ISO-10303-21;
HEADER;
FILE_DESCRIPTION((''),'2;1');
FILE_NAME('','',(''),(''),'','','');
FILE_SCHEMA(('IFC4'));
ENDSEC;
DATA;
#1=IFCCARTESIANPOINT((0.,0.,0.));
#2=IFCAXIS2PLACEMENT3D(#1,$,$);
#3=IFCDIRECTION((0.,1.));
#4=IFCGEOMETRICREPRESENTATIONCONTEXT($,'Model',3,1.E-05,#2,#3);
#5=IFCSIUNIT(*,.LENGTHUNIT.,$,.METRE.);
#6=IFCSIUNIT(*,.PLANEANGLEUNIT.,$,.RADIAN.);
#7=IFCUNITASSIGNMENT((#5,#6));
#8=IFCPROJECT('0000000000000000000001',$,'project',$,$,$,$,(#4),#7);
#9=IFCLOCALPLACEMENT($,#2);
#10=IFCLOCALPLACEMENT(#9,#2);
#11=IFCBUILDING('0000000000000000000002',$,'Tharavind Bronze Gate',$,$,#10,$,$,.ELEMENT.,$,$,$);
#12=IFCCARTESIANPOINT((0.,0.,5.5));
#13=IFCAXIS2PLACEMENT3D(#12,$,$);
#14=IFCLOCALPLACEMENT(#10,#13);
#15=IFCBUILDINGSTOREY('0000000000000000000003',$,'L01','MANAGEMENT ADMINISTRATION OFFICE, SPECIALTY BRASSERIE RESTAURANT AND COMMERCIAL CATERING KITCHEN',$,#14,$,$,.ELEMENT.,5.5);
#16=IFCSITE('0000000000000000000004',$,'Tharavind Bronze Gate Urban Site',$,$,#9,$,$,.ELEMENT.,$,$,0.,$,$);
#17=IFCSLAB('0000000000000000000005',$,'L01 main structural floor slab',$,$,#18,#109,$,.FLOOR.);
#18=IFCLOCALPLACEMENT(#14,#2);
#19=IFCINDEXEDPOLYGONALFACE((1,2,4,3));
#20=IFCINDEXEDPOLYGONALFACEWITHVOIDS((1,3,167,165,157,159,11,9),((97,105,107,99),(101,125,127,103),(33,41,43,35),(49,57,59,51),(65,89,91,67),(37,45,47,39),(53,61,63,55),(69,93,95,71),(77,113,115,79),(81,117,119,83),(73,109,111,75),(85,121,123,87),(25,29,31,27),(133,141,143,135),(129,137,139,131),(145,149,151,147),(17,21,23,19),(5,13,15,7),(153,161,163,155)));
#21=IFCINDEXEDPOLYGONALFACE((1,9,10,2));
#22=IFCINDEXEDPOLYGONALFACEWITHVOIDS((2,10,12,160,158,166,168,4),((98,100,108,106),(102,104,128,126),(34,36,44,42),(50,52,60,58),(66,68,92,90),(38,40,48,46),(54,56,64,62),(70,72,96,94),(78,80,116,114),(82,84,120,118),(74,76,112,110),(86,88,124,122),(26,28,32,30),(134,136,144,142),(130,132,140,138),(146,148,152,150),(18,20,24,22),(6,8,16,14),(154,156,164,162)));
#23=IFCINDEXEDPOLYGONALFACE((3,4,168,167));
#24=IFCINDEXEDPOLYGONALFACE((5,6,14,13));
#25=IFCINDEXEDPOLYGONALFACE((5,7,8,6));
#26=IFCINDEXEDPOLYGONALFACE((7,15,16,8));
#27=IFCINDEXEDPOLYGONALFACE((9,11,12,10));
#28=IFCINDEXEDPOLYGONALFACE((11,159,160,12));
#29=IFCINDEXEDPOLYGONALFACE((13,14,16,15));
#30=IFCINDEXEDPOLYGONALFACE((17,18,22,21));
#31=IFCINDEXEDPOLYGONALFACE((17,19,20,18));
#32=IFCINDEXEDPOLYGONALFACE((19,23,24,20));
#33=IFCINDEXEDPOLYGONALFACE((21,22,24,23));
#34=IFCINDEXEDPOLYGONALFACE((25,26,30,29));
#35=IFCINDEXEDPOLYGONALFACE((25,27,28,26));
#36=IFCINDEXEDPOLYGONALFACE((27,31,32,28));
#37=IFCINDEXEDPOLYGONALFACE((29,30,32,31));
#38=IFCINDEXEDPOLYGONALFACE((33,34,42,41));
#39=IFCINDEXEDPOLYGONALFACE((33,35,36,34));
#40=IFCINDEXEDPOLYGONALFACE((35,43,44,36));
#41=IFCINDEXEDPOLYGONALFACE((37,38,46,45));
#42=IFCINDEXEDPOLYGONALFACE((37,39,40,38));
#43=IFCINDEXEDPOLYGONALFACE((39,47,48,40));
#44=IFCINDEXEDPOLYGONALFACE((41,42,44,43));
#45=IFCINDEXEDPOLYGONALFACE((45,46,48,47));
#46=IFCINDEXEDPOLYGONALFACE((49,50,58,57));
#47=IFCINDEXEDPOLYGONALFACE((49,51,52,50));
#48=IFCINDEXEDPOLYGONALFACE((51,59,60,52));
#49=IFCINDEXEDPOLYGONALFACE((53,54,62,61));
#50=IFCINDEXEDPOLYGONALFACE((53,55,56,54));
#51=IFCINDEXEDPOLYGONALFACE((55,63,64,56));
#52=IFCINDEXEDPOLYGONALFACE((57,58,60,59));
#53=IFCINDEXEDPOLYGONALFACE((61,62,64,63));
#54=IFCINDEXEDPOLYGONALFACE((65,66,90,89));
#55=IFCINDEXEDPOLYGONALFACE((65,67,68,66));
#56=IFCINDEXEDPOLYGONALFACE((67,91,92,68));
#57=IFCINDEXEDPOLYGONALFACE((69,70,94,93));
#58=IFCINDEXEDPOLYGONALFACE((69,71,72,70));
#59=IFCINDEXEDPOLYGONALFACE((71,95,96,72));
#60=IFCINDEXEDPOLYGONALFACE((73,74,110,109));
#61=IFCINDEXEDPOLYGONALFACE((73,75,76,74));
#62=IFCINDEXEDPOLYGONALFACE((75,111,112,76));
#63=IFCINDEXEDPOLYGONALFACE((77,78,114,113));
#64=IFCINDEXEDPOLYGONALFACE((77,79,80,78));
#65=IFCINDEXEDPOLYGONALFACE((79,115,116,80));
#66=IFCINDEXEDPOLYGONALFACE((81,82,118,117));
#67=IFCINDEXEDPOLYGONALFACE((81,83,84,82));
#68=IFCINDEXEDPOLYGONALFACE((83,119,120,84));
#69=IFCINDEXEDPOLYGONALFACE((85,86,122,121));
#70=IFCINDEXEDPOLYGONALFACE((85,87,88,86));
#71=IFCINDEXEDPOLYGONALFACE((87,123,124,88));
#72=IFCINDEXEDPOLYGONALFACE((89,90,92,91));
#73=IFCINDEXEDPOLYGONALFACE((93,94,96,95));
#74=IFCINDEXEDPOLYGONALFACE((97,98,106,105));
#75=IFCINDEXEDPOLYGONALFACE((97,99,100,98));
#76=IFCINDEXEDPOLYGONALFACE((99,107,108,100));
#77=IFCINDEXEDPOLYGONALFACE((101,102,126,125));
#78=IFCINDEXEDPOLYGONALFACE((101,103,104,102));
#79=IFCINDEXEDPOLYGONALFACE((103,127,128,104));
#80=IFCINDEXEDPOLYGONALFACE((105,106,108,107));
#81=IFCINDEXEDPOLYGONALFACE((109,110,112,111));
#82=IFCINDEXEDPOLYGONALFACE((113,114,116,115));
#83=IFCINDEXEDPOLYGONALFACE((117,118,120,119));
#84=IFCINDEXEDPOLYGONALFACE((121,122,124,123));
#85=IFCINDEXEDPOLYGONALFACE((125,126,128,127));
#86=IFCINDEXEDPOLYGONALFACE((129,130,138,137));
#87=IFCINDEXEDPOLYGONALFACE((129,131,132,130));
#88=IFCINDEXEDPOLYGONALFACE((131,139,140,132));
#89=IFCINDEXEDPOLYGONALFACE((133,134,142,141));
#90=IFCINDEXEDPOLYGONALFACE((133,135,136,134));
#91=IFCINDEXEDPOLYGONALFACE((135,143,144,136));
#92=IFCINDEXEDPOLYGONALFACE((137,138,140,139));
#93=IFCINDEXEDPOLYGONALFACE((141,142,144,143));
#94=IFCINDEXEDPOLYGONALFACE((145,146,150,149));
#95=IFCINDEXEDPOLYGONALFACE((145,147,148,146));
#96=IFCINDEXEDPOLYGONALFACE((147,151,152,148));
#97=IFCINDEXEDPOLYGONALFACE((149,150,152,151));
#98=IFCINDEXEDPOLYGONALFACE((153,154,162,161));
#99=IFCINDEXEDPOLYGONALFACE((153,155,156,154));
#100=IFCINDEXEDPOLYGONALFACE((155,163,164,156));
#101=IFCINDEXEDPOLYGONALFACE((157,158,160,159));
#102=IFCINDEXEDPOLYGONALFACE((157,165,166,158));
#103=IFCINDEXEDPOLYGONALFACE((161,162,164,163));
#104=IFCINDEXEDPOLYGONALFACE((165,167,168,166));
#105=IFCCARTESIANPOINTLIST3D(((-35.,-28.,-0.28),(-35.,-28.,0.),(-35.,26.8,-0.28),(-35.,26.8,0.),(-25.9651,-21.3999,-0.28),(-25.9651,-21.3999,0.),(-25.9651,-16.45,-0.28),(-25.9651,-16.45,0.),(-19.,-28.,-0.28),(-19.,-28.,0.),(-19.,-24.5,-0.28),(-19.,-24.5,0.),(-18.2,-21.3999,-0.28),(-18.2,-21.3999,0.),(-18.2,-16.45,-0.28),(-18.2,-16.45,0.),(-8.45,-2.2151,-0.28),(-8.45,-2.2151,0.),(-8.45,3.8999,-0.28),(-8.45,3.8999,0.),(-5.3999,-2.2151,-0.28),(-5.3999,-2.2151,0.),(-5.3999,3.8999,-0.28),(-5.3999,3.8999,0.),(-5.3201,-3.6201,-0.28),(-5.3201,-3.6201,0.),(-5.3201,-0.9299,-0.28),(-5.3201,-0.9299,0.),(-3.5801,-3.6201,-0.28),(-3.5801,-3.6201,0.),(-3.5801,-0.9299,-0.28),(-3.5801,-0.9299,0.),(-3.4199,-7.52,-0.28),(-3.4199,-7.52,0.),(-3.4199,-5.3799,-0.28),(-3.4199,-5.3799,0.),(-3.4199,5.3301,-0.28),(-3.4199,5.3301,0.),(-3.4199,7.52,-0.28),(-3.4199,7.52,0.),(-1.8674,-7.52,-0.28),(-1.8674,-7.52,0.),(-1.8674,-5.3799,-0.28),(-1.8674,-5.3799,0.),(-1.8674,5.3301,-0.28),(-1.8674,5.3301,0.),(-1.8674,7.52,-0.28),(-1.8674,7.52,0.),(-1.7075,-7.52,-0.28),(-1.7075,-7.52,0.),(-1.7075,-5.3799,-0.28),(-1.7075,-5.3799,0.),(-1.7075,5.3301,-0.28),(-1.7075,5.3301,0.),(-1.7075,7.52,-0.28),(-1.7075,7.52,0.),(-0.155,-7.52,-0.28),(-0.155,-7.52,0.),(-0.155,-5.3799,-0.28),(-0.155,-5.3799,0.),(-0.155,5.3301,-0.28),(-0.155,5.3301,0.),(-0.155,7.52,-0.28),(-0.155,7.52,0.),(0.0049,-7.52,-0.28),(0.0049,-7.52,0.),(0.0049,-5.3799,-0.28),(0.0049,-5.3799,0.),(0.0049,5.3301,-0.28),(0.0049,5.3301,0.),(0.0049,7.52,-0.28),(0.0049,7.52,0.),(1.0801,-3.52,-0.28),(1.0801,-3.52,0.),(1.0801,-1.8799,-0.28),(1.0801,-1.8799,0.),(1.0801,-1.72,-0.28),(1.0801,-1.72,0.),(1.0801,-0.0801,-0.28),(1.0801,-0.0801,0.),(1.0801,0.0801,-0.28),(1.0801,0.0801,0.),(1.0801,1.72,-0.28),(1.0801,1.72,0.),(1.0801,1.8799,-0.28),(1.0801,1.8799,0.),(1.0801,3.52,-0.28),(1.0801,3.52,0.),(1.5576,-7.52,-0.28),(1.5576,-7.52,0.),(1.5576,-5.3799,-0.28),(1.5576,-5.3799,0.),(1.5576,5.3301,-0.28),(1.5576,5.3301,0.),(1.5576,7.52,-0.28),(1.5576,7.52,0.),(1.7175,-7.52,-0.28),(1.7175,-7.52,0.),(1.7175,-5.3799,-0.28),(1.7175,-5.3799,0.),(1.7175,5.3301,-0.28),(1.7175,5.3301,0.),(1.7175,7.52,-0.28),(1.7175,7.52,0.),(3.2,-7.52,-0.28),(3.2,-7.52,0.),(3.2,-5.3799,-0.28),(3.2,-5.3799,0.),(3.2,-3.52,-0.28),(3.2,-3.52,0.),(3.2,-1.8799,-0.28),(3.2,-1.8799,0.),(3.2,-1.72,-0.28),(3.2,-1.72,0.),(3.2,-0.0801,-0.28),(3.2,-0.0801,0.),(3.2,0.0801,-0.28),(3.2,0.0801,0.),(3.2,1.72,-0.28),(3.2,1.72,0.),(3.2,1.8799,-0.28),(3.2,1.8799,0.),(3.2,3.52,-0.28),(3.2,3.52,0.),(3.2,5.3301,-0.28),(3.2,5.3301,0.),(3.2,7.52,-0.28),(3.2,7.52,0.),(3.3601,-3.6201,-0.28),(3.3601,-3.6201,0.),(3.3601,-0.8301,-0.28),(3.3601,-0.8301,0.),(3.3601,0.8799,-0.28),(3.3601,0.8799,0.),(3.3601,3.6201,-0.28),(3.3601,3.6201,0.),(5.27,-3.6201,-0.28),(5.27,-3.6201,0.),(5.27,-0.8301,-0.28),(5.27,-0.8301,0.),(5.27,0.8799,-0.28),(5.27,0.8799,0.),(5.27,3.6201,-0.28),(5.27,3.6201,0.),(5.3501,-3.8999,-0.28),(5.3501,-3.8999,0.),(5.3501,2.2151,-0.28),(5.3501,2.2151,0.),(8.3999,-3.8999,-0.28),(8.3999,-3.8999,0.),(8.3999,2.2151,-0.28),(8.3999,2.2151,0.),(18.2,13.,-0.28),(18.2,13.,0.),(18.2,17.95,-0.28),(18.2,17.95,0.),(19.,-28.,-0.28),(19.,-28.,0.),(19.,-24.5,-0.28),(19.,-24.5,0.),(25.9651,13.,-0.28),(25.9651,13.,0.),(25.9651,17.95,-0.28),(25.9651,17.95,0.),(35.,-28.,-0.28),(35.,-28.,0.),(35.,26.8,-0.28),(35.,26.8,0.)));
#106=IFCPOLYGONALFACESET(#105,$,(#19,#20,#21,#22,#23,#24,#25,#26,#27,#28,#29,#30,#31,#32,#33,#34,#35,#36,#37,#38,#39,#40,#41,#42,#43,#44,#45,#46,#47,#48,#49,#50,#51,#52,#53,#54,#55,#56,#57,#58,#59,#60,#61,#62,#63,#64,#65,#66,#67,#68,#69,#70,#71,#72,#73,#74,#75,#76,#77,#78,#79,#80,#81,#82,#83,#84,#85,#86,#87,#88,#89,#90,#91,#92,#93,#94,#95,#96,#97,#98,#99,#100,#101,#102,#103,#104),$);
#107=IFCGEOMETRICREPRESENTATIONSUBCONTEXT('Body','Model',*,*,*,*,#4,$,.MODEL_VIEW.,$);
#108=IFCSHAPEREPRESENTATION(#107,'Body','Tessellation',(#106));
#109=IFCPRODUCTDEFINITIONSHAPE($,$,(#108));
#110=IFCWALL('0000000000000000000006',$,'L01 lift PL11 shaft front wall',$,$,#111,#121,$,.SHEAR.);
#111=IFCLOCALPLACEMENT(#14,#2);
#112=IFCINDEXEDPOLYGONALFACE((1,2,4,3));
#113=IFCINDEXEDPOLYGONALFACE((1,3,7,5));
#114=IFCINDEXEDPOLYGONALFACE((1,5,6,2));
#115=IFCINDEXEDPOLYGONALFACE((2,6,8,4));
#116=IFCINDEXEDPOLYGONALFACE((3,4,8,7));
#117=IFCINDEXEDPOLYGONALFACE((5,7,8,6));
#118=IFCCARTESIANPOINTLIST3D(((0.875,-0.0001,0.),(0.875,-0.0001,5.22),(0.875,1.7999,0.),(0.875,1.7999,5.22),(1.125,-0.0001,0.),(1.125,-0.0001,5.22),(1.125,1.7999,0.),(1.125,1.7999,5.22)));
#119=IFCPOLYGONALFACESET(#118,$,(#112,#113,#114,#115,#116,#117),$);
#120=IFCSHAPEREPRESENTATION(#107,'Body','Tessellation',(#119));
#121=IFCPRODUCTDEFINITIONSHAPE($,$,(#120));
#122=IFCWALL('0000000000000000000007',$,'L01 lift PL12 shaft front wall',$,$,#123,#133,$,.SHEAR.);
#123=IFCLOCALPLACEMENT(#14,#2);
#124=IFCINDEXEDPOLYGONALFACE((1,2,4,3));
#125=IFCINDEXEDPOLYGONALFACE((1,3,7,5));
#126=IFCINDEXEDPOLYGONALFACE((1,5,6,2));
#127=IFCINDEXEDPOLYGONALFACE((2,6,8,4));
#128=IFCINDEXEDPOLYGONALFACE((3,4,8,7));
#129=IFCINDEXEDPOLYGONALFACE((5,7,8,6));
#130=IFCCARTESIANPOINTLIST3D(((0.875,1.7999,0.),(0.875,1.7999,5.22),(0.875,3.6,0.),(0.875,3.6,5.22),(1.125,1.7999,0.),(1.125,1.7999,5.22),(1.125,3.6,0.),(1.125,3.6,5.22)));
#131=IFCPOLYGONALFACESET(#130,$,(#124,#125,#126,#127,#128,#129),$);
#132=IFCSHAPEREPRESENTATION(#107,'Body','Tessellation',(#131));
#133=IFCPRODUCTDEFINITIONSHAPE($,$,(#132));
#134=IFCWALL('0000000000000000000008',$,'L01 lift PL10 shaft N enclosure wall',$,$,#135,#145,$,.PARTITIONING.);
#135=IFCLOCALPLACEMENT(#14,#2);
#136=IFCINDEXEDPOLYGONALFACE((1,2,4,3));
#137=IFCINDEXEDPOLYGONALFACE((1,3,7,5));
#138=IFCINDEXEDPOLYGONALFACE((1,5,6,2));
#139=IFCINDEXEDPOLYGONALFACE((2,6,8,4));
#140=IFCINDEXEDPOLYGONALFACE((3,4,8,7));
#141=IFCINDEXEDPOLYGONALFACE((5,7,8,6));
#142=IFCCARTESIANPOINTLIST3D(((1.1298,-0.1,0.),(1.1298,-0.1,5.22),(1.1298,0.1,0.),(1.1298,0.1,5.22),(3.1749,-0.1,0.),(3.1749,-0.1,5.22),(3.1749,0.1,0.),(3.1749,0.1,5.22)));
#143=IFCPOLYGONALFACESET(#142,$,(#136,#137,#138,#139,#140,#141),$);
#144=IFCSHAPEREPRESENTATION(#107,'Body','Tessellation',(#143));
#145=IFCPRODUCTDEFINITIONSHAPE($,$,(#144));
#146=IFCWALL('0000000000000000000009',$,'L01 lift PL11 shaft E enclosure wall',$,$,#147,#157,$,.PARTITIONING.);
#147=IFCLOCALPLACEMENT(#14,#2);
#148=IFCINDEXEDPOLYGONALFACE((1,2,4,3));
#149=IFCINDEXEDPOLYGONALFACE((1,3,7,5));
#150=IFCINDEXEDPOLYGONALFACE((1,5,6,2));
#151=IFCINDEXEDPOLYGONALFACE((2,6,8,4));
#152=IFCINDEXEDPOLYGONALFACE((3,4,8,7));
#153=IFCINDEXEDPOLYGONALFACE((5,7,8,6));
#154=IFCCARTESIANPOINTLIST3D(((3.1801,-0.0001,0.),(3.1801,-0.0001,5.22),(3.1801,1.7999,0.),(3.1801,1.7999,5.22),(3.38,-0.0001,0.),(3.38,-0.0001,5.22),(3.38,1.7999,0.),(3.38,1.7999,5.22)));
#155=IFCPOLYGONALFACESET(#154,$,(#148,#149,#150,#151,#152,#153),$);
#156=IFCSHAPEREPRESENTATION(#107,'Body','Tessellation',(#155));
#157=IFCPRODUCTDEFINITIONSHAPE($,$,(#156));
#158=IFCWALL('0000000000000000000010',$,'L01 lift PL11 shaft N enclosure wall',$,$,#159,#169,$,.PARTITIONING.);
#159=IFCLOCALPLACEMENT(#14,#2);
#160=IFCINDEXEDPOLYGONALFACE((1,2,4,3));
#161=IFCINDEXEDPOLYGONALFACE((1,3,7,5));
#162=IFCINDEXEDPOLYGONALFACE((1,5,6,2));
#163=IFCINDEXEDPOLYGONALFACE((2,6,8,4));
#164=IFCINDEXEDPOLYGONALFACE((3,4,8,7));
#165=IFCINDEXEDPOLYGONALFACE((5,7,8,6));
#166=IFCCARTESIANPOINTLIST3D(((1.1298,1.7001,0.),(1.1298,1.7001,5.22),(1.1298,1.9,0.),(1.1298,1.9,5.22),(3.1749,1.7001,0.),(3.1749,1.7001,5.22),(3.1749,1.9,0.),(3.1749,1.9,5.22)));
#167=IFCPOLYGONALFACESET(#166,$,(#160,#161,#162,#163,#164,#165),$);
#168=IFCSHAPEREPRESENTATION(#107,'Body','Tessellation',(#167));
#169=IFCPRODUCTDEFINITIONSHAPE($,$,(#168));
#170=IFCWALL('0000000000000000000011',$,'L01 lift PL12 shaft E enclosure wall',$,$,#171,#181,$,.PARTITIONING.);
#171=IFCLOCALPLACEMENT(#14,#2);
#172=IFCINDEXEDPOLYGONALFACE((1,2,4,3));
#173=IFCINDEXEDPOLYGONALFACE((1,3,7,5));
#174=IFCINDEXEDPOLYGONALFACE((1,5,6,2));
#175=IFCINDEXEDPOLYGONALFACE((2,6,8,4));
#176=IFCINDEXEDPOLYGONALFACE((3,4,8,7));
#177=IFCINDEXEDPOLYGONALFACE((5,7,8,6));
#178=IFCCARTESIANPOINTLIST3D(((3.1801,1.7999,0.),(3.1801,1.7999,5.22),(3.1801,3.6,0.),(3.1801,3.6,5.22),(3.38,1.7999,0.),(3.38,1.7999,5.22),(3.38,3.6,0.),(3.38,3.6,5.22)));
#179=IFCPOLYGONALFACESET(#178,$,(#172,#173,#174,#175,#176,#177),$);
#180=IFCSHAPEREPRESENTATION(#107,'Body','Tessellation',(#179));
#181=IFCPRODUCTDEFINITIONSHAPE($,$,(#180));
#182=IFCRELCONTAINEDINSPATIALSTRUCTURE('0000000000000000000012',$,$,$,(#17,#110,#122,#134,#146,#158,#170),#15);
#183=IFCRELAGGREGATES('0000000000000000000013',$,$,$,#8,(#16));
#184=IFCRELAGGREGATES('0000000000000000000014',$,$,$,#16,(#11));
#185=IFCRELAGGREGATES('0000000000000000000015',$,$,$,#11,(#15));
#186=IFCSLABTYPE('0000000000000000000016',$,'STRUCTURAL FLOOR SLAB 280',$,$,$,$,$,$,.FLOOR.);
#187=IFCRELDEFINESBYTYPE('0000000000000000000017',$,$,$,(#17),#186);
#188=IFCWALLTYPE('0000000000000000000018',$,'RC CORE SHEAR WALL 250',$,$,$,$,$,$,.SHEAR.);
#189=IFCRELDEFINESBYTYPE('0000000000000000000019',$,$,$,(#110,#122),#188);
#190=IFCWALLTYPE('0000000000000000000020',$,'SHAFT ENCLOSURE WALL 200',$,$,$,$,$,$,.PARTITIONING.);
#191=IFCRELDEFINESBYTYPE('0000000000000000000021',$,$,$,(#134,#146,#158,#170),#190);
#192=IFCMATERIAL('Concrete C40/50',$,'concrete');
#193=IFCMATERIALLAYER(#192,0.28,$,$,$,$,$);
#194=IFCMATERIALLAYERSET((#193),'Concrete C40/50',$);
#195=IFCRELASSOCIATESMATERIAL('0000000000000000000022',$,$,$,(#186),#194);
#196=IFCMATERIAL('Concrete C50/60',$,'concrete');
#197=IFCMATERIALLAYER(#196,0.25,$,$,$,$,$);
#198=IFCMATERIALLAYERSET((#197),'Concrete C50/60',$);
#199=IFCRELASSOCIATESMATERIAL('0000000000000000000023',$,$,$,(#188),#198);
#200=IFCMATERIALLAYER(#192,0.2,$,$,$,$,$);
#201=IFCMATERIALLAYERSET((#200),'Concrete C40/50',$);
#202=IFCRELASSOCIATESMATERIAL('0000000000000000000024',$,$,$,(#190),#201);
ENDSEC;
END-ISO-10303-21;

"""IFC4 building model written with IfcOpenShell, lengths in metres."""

from ifc_helpers import new_model, si_unit, direction, frame, frame_2d, origin, place, context, subcontext, project, spatial, polyline, rectangle, outline, extrude, material, layer, layer_set, type_object, element, save


model = new_model("IFC4")

# Units and contexts
model_context = context("Model", 3, precision=1e-05, world=origin(), true_north=direction((0.0, 1.0)))
body_context = subcontext(model_context, "Body", "Model", "MODEL_VIEW")
ifc_project = project(units=[si_unit("LENGTHUNIT", "METRE"), si_unit("PLANEANGLEUNIT", "RADIAN")], contexts=[model_context])

# Site, building, storey
site_placement = place(None, origin())
site = spatial("IfcSite", under=ifc_project, at=site_placement, Name="Tharavind Bronze Gate Urban Site", CompositionType="ELEMENT", RefElevation=0.0)
building_placement = place(site_placement, origin())
building = spatial("IfcBuilding", under=site, at=building_placement, Name="Tharavind Bronze Gate", CompositionType="ELEMENT")
storey_placement = place(building_placement, frame((0.0, 0.0, 5.5)))
storey = spatial("IfcBuildingStorey", under=building, at=storey_placement, Name="L01", Description="MANAGEMENT ADMINISTRATION OFFICE, SPECIALTY BRASSERIE RESTAURANT AND COMMERCIAL CATERING KITCHEN", CompositionType="ELEMENT", Elevation=5.5)

# Shared definitions
ifc_material_1 = material(Name="Concrete C40/50", Category="concrete")

# Slab
ifc_layer_1 = layer(ifc_material_1, 0.28)
ifc_layer_set_1 = layer_set([ifc_layer_1], Name="Concrete C40/50")
slab_type_1 = type_object("IfcSlabType", Name="STRUCTURAL FLOOR SLAB 280", PredefinedType="FLOOR", material=ifc_layer_set_1)
slab_1_placement = place(storey_placement, frame((0.0, 0.0, -0.28)))
element("IfcSlab", 1, at=slab_1_placement, inside=storey, type_object=slab_type_1, Name="L01 main structural floor slab", PredefinedType="FLOOR", context=body_context, shape_type="SweptSolid", body=[
    extrude(outline(polyline([(-35.0, -28.0), (-19.0, -28.0), (-19.0, -24.5), (19.0, -24.5), (19.0, -28.0), (35.0, -28.0), (35.0, 26.8), (-35.0, 26.8), (-35.0, -28.0)]), holes=[polyline([(-5.3999, -2.2151), (-5.3999, 3.8999), (-8.45, 3.8999), (-8.45, -2.2151), (-5.3999, -2.2151)]), polyline([(5.3501, 2.2151), (5.3501, -3.8999), (8.3999, -3.8999), (8.3999, 2.2151), (5.3501, 2.2151)]), polyline([(-25.9651, -21.3999), (-18.2, -21.3999), (-18.2, -16.45), (-25.9651, -16.45), (-25.9651, -21.3999)]), polyline([(25.9651, 17.95), (18.2, 17.95), (18.2, 13.0), (25.9651, 13.0), (25.9651, 17.95)]), polyline([(-3.4199, -7.52), (-1.8674, -7.52), (-1.8674, -5.3799), (-3.4199, -5.3799), (-3.4199, -7.52)]), polyline([(-1.7075, -7.52), (-0.155, -7.52), (-0.155, -5.3799), (-1.7075, -5.3799), (-1.7075, -7.52)]), polyline([(0.0049, -7.52), (1.5576, -7.52), (1.5576, -5.3799), (0.0049, -5.3799), (0.0049, -7.52)]), polyline([(1.7175, -7.52), (3.2, -7.52), (3.2, -5.3799), (1.7175, -5.3799), (1.7175, -7.52)]), polyline([(-3.4199, 5.3301), (-1.8674, 5.3301), (-1.8674, 7.52), (-3.4199, 7.52), (-3.4199, 5.3301)]), polyline([(-1.7075, 5.3301), (-0.155, 5.3301), (-0.155, 7.52), (-1.7075, 7.52), (-1.7075, 5.3301)]), polyline([(0.0049, 5.3301), (1.5576, 5.3301), (1.5576, 7.52), (0.0049, 7.52), (0.0049, 5.3301)]), polyline([(1.7175, 5.3301), (3.2, 5.3301), (3.2, 7.52), (1.7175, 7.52), (1.7175, 5.3301)]), polyline([(1.0801, -3.52), (3.2, -3.52), (3.2, -1.8799), (1.0801, -1.8799), (1.0801, -3.52)]), polyline([(1.0801, -1.72), (3.2, -1.72), (3.2, -0.0801), (1.0801, -0.0801), (1.0801, -1.72)]), polyline([(1.0801, 0.0801), (3.2, 0.0801), (3.2, 1.72), (1.0801, 1.72), (1.0801, 0.0801)]), polyline([(1.0801, 1.8799), (3.2, 1.8799), (3.2, 3.52), (1.0801, 3.52), (1.0801, 1.8799)]), polyline([(-5.3201, -3.6201), (-3.5801, -3.6201), (-3.5801, -0.9299), (-5.3201, -0.9299), (-5.3201, -3.6201)]), polyline([(3.3601, 0.8799), (5.27, 0.8799), (5.27, 3.6201), (3.3601, 3.6201), (3.3601, 0.8799)]), polyline([(3.3601, -3.6201), (5.27, -3.6201), (5.27, -0.8301), (3.3601, -0.8301), (3.3601, -3.6201)])]), origin(), (0.0, 0.0, 1.0), 0.28),
])

# Walls
ifc_material_2 = material(Name="Concrete C50/60", Category="concrete")
ifc_layer_2 = layer(ifc_material_2, 0.25)
ifc_layer_set_2 = layer_set([ifc_layer_2], Name="Concrete C50/60")
wall_type_1 = type_object("IfcWallType", Name="RC CORE SHEAR WALL 250", PredefinedType="SHEAR", material=ifc_layer_set_2)
for number, where, z_axis, x_axis, name in (
    (2, (1.0, 0.0, 0.0), (0.0, 0.0, 1.0), (0.0, 1.0, 0.0), "L01 lift PL11 shaft front wall"),
    (3, (1.0, 1.8, 0.0), (0.0, 0.0, 1.0), (0.0, 1.0, 0.0), "L01 lift PL12 shaft front wall"),
):
    element("IfcWall", number, at=place(storey_placement, frame(where, z_axis=z_axis, x_axis=x_axis)), inside=storey, type_object=wall_type_1, Name=name, PredefinedType="SHEAR", context=body_context, shape_type="SweptSolid", body=[
        extrude(rectangle(XDim=1.8, YDim=0.25, at=frame_2d((0.8999, 0.0))), origin(), (0.0, 0.0, 1.0), 5.22),
    ])
ifc_layer_3 = layer(ifc_material_1, 0.2)
ifc_layer_set_3 = layer_set([ifc_layer_3], Name="Concrete C40/50")
wall_type_2 = type_object("IfcWallType", Name="SHAFT ENCLOSURE WALL 200", PredefinedType="PARTITIONING", material=ifc_layer_set_3)
wall_1_placement = place(storey_placement, frame((1.1299, 0.0, 0.0), z_axis=(0.0, 0.0, 1.0), x_axis=(1.0, 0.0, 0.0)))
element("IfcWall", 4, at=wall_1_placement, inside=storey, type_object=wall_type_2, Name="L01 lift PL10 shaft N enclosure wall", PredefinedType="PARTITIONING", context=body_context, shape_type="SweptSolid", body=[
    extrude(rectangle(XDim=2.0452, YDim=0.2, at=frame_2d((1.0225, 0.0))), origin(), (0.0, 0.0, 1.0), 5.22),
])
wall_2_placement = place(storey_placement, frame((3.28, 0.0, 0.0), z_axis=(0.0, 0.0, 1.0), x_axis=(0.0, 1.0, 0.0)))
element("IfcWall", 5, at=wall_2_placement, inside=storey, type_object=wall_type_2, Name="L01 lift PL11 shaft E enclosure wall", PredefinedType="PARTITIONING", context=body_context, shape_type="SweptSolid", body=[
    extrude(rectangle(XDim=1.8, YDim=0.2, at=frame_2d((0.8999, 0.0))), origin(), (0.0, 0.0, 1.0), 5.22),
])
wall_3_placement = place(storey_placement, frame((1.1299, 1.8, 0.0), z_axis=(0.0, 0.0, 1.0), x_axis=(1.0, 0.0, 0.0)))
element("IfcWall", 6, at=wall_3_placement, inside=storey, type_object=wall_type_2, Name="L01 lift PL11 shaft N enclosure wall", PredefinedType="PARTITIONING", context=body_context, shape_type="SweptSolid", body=[
    extrude(rectangle(XDim=2.0452, YDim=0.2, at=frame_2d((1.0225, 0.0))), origin(), (0.0, 0.0, 1.0), 5.22),
])
wall_4_placement = place(storey_placement, frame((3.28, 1.8, 0.0), z_axis=(0.0, 0.0, 1.0), x_axis=(0.0, 1.0, 0.0)))
element("IfcWall", 7, at=wall_4_placement, inside=storey, type_object=wall_type_2, Name="L01 lift PL12 shaft E enclosure wall", PredefinedType="PARTITIONING", context=body_context, shape_type="SweptSolid", body=[
    extrude(rectangle(XDim=1.8, YDim=0.2, at=frame_2d((0.8999, 0.0))), origin(), (0.0, 0.0, 1.0), 5.22),
])

save(model, "model.ifc")
